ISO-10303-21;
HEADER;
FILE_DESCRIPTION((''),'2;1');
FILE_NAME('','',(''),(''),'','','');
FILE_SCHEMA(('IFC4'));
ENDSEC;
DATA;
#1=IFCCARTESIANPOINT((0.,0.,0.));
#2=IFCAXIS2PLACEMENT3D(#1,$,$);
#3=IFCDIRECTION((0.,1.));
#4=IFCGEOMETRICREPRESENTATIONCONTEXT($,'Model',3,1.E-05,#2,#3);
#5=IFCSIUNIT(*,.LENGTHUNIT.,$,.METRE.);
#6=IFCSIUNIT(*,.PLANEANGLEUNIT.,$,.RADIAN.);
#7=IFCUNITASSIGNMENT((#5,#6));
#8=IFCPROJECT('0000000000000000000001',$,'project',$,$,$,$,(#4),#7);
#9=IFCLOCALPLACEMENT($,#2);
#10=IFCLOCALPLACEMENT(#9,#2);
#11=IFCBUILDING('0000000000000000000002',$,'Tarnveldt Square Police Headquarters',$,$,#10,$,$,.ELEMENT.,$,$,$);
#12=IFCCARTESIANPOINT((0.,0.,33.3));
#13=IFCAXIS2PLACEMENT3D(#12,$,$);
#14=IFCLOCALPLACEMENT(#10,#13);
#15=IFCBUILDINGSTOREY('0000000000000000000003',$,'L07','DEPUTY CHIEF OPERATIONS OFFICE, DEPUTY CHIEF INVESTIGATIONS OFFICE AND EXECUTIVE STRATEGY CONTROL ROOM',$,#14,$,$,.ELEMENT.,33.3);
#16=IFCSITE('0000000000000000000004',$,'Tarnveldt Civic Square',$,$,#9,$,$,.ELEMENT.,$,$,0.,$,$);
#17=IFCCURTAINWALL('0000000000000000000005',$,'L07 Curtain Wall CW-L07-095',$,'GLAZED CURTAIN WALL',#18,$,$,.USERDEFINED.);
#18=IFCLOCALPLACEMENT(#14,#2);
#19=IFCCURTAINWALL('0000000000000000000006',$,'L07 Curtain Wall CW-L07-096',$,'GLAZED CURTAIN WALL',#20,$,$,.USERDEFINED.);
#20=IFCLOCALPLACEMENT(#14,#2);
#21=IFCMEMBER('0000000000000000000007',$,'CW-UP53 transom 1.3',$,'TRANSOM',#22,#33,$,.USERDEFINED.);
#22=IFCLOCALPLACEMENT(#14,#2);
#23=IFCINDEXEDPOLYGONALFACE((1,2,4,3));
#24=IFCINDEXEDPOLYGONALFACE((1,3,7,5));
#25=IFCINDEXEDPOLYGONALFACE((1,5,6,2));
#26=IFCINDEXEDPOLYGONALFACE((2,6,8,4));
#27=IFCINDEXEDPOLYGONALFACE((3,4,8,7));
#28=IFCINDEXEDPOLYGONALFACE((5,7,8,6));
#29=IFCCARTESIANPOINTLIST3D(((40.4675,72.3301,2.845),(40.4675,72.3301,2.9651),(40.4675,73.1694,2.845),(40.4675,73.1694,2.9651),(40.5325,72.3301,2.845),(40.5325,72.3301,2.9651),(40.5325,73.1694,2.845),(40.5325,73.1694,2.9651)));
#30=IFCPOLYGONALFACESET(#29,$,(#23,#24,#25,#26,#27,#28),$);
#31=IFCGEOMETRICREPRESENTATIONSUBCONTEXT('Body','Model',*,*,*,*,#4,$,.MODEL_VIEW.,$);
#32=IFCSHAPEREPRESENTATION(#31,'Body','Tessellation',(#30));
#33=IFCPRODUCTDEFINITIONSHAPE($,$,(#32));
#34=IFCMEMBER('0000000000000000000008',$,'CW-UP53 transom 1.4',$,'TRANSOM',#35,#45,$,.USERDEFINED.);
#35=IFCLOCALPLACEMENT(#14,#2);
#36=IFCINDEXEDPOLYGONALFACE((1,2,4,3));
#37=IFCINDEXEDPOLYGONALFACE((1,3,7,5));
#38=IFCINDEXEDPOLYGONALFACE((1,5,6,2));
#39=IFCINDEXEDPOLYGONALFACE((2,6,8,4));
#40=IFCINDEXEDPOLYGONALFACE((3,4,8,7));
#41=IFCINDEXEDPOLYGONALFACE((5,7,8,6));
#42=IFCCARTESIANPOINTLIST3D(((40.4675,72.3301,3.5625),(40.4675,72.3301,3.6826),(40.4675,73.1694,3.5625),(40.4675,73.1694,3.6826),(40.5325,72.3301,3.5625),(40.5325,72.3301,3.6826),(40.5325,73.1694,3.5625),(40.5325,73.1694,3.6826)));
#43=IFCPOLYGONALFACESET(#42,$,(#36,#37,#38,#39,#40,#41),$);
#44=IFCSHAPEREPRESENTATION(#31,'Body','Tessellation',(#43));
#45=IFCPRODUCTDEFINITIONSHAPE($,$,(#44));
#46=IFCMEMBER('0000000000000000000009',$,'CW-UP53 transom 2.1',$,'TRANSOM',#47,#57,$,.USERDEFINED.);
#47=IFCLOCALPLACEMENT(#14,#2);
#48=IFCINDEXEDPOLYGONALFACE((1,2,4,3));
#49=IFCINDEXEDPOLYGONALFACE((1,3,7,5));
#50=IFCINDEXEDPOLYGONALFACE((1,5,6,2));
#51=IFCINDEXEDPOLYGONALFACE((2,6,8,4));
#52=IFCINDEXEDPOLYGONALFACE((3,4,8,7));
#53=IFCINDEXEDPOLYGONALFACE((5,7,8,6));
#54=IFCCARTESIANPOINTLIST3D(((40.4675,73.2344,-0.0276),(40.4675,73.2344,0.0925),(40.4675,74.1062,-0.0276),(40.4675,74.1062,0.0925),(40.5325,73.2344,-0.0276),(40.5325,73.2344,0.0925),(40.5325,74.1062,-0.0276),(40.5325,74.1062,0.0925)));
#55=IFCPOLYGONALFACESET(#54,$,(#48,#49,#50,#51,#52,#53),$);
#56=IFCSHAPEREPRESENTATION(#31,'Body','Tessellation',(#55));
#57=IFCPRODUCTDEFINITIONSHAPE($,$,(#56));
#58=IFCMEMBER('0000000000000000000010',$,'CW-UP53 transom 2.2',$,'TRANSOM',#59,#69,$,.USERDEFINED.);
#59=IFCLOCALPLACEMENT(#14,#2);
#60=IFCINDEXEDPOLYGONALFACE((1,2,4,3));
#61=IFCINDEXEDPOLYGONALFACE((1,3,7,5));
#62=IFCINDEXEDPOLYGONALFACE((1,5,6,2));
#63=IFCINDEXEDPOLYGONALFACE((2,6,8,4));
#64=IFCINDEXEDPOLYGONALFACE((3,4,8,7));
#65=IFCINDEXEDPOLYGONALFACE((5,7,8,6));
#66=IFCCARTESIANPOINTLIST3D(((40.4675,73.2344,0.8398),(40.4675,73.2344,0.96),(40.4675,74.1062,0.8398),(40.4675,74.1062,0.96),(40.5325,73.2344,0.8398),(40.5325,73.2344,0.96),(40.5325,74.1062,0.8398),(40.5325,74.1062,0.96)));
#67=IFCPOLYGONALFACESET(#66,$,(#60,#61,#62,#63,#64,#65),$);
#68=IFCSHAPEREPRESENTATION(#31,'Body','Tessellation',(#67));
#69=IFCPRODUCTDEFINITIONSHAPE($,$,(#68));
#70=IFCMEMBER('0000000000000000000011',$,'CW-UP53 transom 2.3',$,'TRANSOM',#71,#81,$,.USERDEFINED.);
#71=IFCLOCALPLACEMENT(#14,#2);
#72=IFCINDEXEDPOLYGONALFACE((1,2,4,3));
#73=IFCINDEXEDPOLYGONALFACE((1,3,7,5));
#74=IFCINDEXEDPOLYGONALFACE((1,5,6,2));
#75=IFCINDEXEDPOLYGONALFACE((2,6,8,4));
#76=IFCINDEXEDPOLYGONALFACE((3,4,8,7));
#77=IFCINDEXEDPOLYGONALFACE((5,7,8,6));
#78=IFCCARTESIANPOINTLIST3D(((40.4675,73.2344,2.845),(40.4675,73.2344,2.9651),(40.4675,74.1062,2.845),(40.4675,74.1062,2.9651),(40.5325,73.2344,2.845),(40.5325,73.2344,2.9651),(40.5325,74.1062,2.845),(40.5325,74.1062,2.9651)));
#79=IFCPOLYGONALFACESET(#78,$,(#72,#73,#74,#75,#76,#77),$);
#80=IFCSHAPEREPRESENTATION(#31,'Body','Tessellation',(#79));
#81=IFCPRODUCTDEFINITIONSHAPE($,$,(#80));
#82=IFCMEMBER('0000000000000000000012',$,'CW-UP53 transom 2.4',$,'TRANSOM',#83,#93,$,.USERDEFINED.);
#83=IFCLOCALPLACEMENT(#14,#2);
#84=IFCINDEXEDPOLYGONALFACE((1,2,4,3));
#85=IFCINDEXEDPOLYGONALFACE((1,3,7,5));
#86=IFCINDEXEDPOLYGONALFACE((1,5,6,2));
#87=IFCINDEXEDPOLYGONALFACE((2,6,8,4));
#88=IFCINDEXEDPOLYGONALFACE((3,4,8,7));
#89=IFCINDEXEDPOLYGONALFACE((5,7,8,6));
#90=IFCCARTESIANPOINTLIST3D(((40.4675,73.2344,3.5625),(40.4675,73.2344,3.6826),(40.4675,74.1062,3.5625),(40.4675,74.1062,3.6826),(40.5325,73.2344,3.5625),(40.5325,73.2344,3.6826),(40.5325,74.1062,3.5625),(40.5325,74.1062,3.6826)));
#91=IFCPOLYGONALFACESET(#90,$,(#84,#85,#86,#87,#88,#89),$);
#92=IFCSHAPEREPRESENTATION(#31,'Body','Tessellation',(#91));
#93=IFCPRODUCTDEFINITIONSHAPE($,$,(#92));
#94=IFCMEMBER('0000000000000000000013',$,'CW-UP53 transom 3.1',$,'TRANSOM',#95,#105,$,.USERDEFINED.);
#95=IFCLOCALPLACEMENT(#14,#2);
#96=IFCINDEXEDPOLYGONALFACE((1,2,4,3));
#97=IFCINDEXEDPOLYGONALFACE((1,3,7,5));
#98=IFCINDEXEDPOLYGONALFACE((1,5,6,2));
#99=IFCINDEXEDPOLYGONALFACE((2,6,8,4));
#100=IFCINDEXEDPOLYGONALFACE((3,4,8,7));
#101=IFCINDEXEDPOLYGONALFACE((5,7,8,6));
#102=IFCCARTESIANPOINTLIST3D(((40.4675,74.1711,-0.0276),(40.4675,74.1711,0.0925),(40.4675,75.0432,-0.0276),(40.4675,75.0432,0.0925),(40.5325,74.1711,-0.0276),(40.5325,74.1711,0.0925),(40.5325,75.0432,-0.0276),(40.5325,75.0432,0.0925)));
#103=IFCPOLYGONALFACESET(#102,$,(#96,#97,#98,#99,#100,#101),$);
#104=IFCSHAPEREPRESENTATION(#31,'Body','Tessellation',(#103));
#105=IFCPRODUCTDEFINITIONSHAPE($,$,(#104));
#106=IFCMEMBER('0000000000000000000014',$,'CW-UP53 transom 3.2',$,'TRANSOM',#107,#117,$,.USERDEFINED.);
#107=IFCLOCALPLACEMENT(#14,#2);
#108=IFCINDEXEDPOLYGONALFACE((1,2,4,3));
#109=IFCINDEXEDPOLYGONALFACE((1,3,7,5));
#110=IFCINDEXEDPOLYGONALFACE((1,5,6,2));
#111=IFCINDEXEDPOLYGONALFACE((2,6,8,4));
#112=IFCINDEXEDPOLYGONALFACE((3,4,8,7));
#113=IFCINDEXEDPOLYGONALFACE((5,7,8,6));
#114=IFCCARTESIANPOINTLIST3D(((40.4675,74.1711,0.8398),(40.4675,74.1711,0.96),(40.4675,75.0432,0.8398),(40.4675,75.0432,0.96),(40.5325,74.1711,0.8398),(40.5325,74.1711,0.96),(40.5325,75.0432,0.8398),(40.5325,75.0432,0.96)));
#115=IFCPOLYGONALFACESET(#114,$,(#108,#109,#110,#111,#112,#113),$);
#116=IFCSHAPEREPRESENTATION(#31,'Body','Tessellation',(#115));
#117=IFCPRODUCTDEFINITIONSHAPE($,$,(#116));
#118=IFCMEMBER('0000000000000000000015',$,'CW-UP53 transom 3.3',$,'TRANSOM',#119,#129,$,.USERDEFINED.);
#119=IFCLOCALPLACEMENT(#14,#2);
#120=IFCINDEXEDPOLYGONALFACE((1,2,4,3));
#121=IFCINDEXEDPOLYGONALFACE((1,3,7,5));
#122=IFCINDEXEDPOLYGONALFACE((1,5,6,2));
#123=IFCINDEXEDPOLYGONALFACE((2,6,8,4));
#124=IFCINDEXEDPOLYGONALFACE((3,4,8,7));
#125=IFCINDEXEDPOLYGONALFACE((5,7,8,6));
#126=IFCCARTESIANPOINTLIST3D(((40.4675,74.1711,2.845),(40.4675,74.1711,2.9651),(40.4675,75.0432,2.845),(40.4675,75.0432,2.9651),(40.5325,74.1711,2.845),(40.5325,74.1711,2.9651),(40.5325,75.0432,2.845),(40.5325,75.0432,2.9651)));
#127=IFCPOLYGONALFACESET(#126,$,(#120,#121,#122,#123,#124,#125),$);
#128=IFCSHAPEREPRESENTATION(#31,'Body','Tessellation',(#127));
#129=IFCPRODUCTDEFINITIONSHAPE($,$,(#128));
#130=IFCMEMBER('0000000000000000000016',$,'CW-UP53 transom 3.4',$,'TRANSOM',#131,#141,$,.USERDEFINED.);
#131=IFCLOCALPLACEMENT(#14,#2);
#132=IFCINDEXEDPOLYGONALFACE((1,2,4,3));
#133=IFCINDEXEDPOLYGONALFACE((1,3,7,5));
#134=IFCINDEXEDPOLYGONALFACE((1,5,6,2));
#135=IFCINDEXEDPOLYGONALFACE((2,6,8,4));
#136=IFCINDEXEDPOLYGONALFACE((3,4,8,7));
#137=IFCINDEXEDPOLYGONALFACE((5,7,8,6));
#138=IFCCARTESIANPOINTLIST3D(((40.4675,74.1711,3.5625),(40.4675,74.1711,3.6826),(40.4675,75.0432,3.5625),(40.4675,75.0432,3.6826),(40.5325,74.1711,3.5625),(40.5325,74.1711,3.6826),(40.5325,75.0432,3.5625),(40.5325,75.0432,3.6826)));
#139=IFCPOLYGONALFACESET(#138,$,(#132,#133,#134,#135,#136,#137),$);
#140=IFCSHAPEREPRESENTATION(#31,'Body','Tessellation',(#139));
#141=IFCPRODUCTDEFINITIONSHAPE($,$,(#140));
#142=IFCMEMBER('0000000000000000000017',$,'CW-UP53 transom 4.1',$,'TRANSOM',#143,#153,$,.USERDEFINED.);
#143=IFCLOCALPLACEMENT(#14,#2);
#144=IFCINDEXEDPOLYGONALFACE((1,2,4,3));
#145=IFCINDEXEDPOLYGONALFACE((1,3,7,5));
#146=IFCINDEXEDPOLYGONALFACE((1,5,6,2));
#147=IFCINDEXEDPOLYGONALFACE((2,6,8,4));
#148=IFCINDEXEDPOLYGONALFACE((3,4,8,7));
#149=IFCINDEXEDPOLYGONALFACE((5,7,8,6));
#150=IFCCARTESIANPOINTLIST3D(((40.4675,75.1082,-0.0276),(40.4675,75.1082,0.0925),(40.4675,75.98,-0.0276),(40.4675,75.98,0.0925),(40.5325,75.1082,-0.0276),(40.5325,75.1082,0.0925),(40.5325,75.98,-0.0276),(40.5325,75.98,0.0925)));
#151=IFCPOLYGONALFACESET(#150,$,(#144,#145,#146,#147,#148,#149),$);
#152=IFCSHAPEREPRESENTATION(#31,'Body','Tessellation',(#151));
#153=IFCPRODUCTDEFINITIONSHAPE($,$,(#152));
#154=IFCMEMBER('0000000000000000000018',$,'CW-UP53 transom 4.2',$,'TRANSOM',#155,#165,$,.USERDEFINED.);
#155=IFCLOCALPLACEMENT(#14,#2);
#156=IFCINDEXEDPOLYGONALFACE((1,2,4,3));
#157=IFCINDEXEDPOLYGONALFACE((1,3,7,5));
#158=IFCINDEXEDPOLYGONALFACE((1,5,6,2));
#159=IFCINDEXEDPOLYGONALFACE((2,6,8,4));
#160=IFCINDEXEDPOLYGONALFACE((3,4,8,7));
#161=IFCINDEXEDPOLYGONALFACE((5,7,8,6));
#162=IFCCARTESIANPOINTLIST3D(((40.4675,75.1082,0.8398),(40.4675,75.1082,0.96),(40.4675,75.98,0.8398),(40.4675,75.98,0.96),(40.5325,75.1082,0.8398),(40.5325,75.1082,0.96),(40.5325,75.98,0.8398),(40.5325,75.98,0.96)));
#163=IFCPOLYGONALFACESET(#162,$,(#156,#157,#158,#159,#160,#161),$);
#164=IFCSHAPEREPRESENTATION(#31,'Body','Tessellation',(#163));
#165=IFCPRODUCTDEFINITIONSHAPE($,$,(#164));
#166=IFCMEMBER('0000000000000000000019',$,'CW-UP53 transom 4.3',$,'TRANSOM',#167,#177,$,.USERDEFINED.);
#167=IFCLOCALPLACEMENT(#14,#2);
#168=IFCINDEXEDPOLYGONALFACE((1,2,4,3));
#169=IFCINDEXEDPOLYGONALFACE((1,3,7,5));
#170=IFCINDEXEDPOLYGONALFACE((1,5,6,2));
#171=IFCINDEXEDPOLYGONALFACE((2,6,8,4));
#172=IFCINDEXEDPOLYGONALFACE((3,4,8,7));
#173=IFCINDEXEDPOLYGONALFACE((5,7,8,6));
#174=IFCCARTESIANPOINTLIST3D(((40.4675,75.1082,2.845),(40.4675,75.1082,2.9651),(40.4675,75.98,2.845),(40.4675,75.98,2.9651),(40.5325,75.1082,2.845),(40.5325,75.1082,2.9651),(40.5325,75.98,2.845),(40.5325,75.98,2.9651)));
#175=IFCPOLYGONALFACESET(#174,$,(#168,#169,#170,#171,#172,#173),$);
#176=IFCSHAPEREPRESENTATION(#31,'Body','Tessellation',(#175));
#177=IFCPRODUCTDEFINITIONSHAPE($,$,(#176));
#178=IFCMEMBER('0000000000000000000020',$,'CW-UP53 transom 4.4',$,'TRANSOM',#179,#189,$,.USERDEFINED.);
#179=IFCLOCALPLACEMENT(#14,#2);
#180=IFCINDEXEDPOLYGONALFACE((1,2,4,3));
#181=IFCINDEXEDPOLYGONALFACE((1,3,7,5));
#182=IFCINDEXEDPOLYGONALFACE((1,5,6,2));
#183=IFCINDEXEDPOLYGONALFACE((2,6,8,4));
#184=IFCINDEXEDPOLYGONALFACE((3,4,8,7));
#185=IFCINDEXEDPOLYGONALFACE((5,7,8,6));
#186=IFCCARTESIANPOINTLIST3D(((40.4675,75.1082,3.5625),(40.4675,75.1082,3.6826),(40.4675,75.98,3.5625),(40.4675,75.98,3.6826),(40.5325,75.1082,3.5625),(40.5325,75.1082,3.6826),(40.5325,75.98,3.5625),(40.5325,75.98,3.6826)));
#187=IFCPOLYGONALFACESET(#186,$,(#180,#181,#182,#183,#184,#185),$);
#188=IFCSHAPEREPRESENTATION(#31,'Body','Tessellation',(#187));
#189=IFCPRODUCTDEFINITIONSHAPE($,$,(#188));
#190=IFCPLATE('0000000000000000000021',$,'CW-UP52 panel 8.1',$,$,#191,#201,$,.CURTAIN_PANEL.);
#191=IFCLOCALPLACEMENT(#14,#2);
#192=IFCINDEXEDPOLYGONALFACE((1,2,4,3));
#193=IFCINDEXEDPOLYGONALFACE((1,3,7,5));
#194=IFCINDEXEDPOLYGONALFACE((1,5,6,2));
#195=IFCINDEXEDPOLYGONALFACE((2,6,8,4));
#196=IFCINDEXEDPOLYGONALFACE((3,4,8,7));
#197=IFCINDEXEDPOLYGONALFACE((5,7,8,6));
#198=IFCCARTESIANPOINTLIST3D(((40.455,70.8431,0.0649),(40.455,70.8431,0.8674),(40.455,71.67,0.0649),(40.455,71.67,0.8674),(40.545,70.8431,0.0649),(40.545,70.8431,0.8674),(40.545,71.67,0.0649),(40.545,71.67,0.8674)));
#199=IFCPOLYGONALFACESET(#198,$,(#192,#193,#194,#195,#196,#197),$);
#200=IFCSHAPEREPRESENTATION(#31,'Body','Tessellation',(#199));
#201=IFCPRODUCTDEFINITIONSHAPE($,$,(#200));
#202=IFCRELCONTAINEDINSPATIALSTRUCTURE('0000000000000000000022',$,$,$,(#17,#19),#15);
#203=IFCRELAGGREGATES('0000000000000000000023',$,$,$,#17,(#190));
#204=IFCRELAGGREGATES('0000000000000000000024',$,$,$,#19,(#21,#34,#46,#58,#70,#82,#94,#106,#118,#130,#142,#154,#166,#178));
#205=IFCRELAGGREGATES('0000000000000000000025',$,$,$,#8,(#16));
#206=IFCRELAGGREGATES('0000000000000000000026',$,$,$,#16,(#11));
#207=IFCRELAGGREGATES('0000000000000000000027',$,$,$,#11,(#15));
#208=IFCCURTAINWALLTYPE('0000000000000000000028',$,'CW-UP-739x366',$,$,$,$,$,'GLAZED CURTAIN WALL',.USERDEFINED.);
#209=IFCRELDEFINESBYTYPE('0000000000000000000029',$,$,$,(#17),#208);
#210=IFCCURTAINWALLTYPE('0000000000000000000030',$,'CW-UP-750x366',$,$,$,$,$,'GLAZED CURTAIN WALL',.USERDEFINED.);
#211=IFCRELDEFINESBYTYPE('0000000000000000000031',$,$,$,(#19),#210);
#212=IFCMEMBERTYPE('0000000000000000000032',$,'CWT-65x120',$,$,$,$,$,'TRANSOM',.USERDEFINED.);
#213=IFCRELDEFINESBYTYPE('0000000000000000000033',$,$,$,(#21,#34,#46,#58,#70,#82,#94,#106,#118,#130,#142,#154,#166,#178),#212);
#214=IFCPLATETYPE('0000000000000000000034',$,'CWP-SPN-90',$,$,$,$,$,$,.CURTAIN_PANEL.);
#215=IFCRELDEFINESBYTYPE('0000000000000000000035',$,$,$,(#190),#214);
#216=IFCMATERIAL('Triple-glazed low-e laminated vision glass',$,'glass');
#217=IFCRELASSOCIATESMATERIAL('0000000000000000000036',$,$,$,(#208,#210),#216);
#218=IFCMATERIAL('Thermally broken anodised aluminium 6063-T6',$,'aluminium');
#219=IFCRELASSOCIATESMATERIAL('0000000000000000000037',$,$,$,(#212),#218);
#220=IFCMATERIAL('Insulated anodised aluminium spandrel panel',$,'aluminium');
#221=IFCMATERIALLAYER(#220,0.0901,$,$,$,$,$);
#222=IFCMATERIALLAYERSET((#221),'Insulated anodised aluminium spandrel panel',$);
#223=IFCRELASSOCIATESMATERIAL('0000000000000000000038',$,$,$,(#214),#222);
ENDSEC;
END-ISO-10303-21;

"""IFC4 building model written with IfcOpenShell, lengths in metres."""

from ifc_helpers import new_model, si_unit, direction, frame, origin, origin_2d, place, context, subcontext, project, spatial, rectangle, extrude, material, layer, layer_set, material_profile, profile_set, type_object, element, aggregate, save


model = new_model("IFC4")

# Units and contexts
model_context = context("Model", 3, precision=1e-05, world=origin(), true_north=direction((0.0, 1.0)))
body_context = subcontext(model_context, "Body", "Model", "MODEL_VIEW")
ifc_project = project(units=[si_unit("LENGTHUNIT", "METRE"), si_unit("PLANEANGLEUNIT", "RADIAN")], contexts=[model_context])

# Site, building, storey
site_placement = place(None, origin())
site = spatial("IfcSite", under=ifc_project, at=site_placement, Name="Tarnveldt Civic Square", CompositionType="ELEMENT", RefElevation=0.0)
building_placement = place(site_placement, origin())
building = spatial("IfcBuilding", under=site, at=building_placement, Name="Tarnveldt Square Police Headquarters", CompositionType="ELEMENT")
storey_placement = place(building_placement, frame((0.0, 0.0, 33.3)))
storey = spatial("IfcBuildingStorey", under=building, at=storey_placement, Name="L07", Description="DEPUTY CHIEF OPERATIONS OFFICE, DEPUTY CHIEF INVESTIGATIONS OFFICE AND EXECUTIVE STRATEGY CONTROL ROOM", CompositionType="ELEMENT", Elevation=33.3)

# Curtain wall
ifc_material_1 = material(Name="Triple-glazed low-e laminated vision glass", Category="glass")
curtain_wall_type_1 = type_object("IfcCurtainWallType", Name="CW-UP-739x366", ElementType="GLAZED CURTAIN WALL", PredefinedType="USERDEFINED", material=ifc_material_1)
curtain_wall_1_placement = place(storey_placement, origin())
curtain_wall_1 = element("IfcCurtainWall", 1, at=curtain_wall_1_placement, inside=storey, type_object=curtain_wall_type_1, Name="L07 Curtain Wall CW-L07-095", ObjectType="GLAZED CURTAIN WALL", PredefinedType="USERDEFINED")
ifc_material_2 = material(Name="Thermally broken anodised aluminium 6063-T6", Category="aluminium")

# Curtain wall
curtain_wall_type_2 = type_object("IfcCurtainWallType", Name="CW-UP-750x366", ElementType="GLAZED CURTAIN WALL", PredefinedType="USERDEFINED", material=ifc_material_1)
curtain_wall_2_placement = place(storey_placement, origin())
curtain_wall_2 = element("IfcCurtainWall", 2, at=curtain_wall_2_placement, inside=storey, type_object=curtain_wall_type_2, Name="L07 Curtain Wall CW-L07-096", ObjectType="GLAZED CURTAIN WALL", PredefinedType="USERDEFINED")

# Members
ifc_material_profile_1 = material_profile(ifc_material_2, rectangle(XDim=0.0649, YDim=0.1201, at=origin_2d()), Name="CW-T65x120")
ifc_profile_set_1 = profile_set([ifc_material_profile_1], Name="Thermally broken anodised aluminium 6063-T6")
member_type_1 = type_object("IfcMemberType", Name="CWT-65x120", ElementType="TRANSOM", PredefinedType="USERDEFINED", material=ifc_profile_set_1)
member_1_placement = place(storey_placement, frame((40.5, 72.3301, 2.905), z_axis=(0.0, 1.0, 0.0), x_axis=(-1.0, 0.0, 0.0)))
member_1 = element("IfcMember", 3, at=member_1_placement, type_object=member_type_1, Name="CW-UP53 transom 1.3", ObjectType="TRANSOM", PredefinedType="USERDEFINED", context=body_context, shape_type="SweptSolid", body=[
    extrude(rectangle(XDim=0.0649, YDim=0.1201, at=origin_2d()), origin(), (0.0, 0.0, 1.0), 0.8394),
])
member_2_placement = place(storey_placement, frame((40.5, 72.3301, 3.6226), z_axis=(0.0, 1.0, 0.0), x_axis=(-1.0, 0.0, 0.0)))
member_2 = element("IfcMember", 4, at=member_2_placement, type_object=member_type_1, Name="CW-UP53 transom 1.4", ObjectType="TRANSOM", PredefinedType="USERDEFINED", context=body_context, shape_type="SweptSolid", body=[
    extrude(rectangle(XDim=0.0649, YDim=0.1201, at=origin_2d()), origin(), (0.0, 0.0, 1.0), 0.8394),
])
member_3_placement = place(storey_placement, frame((40.5, 73.2344, 0.0325), z_axis=(0.0, 1.0, 0.0), x_axis=(-1.0, 0.0, 0.0)))
member_3 = element("IfcMember", 5, at=member_3_placement, type_object=member_type_1, Name="CW-UP53 transom 2.1", ObjectType="TRANSOM", PredefinedType="USERDEFINED", context=body_context, shape_type="SweptSolid", body=[
    extrude(rectangle(XDim=0.0649, YDim=0.1201, at=origin_2d()), origin(), (0.0, 0.0, 1.0), 0.8718),
])
member_4_placement = place(storey_placement, frame((40.5, 73.2344, 0.8999), z_axis=(0.0, 1.0, 0.0), x_axis=(-1.0, 0.0, 0.0)))
member_4 = element("IfcMember", 6, at=member_4_placement, type_object=member_type_1, Name="CW-UP53 transom 2.2", ObjectType="TRANSOM", PredefinedType="USERDEFINED", context=body_context, shape_type="SweptSolid", body=[
    extrude(rectangle(XDim=0.0649, YDim=0.1201, at=origin_2d()), origin(), (0.0, 0.0, 1.0), 0.8718),
])
member_5_placement = place(storey_placement, frame((40.5, 73.2344, 2.905), z_axis=(0.0, 1.0, 0.0), x_axis=(-1.0, 0.0, 0.0)))
member_5 = element("IfcMember", 7, at=member_5_placement, type_object=member_type_1, Name="CW-UP53 transom 2.3", ObjectType="TRANSOM", PredefinedType="USERDEFINED", context=body_context, shape_type="SweptSolid", body=[
    extrude(rectangle(XDim=0.0649, YDim=0.1201, at=origin_2d()), origin(), (0.0, 0.0, 1.0), 0.8718),
])
member_6_placement = place(storey_placement, frame((40.5, 73.2344, 3.6226), z_axis=(0.0, 1.0, 0.0), x_axis=(-1.0, 0.0, 0.0)))
member_6 = element("IfcMember", 8, at=member_6_placement, type_object=member_type_1, Name="CW-UP53 transom 2.4", ObjectType="TRANSOM", PredefinedType="USERDEFINED", context=body_context, shape_type="SweptSolid", body=[
    extrude(rectangle(XDim=0.0649, YDim=0.1201, at=origin_2d()), origin(), (0.0, 0.0, 1.0), 0.8718),
])
member_7_placement = place(storey_placement, frame((40.5, 74.1711, 0.0325), z_axis=(0.0, 1.0, 0.0), x_axis=(-1.0, 0.0, 0.0)))
member_7 = element("IfcMember", 9, at=member_7_placement, type_object=member_type_1, Name="CW-UP53 transom 3.1", ObjectType="TRANSOM", PredefinedType="USERDEFINED", context=body_context, shape_type="SweptSolid", body=[
    extrude(rectangle(XDim=0.0649, YDim=0.1201, at=origin_2d()), origin(), (0.0, 0.0, 1.0), 0.8721),
])
member_8_placement = place(storey_placement, frame((40.5, 74.1711, 0.8999), z_axis=(0.0, 1.0, 0.0), x_axis=(-1.0, 0.0, 0.0)))
member_8 = element("IfcMember", 10, at=member_8_placement, type_object=member_type_1, Name="CW-UP53 transom 3.2", ObjectType="TRANSOM", PredefinedType="USERDEFINED", context=body_context, shape_type="SweptSolid", body=[
    extrude(rectangle(XDim=0.0649, YDim=0.1201, at=origin_2d()), origin(), (0.0, 0.0, 1.0), 0.8721),
])
member_9_placement = place(storey_placement, frame((40.5, 74.1711, 2.905), z_axis=(0.0, 1.0, 0.0), x_axis=(-1.0, 0.0, 0.0)))
member_9 = element("IfcMember", 11, at=member_9_placement, type_object=member_type_1, Name="CW-UP53 transom 3.3", ObjectType="TRANSOM", PredefinedType="USERDEFINED", context=body_context, shape_type="SweptSolid", body=[
    extrude(rectangle(XDim=0.0649, YDim=0.1201, at=origin_2d()), origin(), (0.0, 0.0, 1.0), 0.8721),
])
member_10_placement = place(storey_placement, frame((40.5, 74.1711, 3.6226), z_axis=(0.0, 1.0, 0.0), x_axis=(-1.0, 0.0, 0.0)))
member_10 = element("IfcMember", 12, at=member_10_placement, type_object=member_type_1, Name="CW-UP53 transom 3.4", ObjectType="TRANSOM", PredefinedType="USERDEFINED", context=body_context, shape_type="SweptSolid", body=[
    extrude(rectangle(XDim=0.0649, YDim=0.1201, at=origin_2d()), origin(), (0.0, 0.0, 1.0), 0.8721),
])
member_11_placement = place(storey_placement, frame((40.5, 75.1082, 0.0325), z_axis=(0.0, 1.0, 0.0), x_axis=(-1.0, 0.0, 0.0)))
member_11 = element("IfcMember", 13, at=member_11_placement, type_object=member_type_1, Name="CW-UP53 transom 4.1", ObjectType="TRANSOM", PredefinedType="USERDEFINED", context=body_context, shape_type="SweptSolid", body=[
    extrude(rectangle(XDim=0.0649, YDim=0.1201, at=origin_2d()), origin(), (0.0, 0.0, 1.0), 0.8718),
])
member_12_placement = place(storey_placement, frame((40.5, 75.1082, 0.8999), z_axis=(0.0, 1.0, 0.0), x_axis=(-1.0, 0.0, 0.0)))
member_12 = element("IfcMember", 14, at=member_12_placement, type_object=member_type_1, Name="CW-UP53 transom 4.2", ObjectType="TRANSOM", PredefinedType="USERDEFINED", context=body_context, shape_type="SweptSolid", body=[
    extrude(rectangle(XDim=0.0649, YDim=0.1201, at=origin_2d()), origin(), (0.0, 0.0, 1.0), 0.8718),
])
member_13_placement = place(storey_placement, frame((40.5, 75.1082, 2.905), z_axis=(0.0, 1.0, 0.0), x_axis=(-1.0, 0.0, 0.0)))
member_13 = element("IfcMember", 15, at=member_13_placement, type_object=member_type_1, Name="CW-UP53 transom 4.3", ObjectType="TRANSOM", PredefinedType="USERDEFINED", context=body_context, shape_type="SweptSolid", body=[
    extrude(rectangle(XDim=0.0649, YDim=0.1201, at=origin_2d()), origin(), (0.0, 0.0, 1.0), 0.8718),
])
member_14_placement = place(storey_placement, frame((40.5, 75.1082, 3.6226), z_axis=(0.0, 1.0, 0.0), x_axis=(-1.0, 0.0, 0.0)))
member_14 = element("IfcMember", 16, at=member_14_placement, type_object=member_type_1, Name="CW-UP53 transom 4.4", ObjectType="TRANSOM", PredefinedType="USERDEFINED", context=body_context, shape_type="SweptSolid", body=[
    extrude(rectangle(XDim=0.0649, YDim=0.1201, at=origin_2d()), origin(), (0.0, 0.0, 1.0), 0.8718),
])

# Plate
ifc_material_3 = material(Name="Insulated anodised aluminium spandrel panel", Category="aluminium")
ifc_layer = layer(ifc_material_3, 0.0901)
ifc_layer_set = layer_set([ifc_layer], Name="Insulated anodised aluminium spandrel panel")
plate_type = type_object("IfcPlateType", Name="CWP-SPN-90", PredefinedType="CURTAIN_PANEL", material=ifc_layer_set)
plate_1_placement = place(storey_placement, frame((40.5, 71.2566, 0.0649), z_axis=(0.0, 0.0, 1.0), x_axis=(0.0, 1.0, 0.0)))
plate_1 = element("IfcPlate", 17, at=plate_1_placement, type_object=plate_type, Name="CW-UP52 panel 8.1", PredefinedType="CURTAIN_PANEL", context=body_context, shape_type="SweptSolid", body=[
    extrude(rectangle(XDim=0.8269, YDim=0.0901, at=origin_2d()), origin(), (0.0, 0.0, 1.0), 0.8025),
])
aggregate(curtain_wall_1, [plate_1])
aggregate(curtain_wall_2, [member_1, member_2, member_3, member_4, member_5, member_6, member_7, member_8, member_9, member_10, member_11, member_12, member_13, member_14])

save(model, "model.ifc")
